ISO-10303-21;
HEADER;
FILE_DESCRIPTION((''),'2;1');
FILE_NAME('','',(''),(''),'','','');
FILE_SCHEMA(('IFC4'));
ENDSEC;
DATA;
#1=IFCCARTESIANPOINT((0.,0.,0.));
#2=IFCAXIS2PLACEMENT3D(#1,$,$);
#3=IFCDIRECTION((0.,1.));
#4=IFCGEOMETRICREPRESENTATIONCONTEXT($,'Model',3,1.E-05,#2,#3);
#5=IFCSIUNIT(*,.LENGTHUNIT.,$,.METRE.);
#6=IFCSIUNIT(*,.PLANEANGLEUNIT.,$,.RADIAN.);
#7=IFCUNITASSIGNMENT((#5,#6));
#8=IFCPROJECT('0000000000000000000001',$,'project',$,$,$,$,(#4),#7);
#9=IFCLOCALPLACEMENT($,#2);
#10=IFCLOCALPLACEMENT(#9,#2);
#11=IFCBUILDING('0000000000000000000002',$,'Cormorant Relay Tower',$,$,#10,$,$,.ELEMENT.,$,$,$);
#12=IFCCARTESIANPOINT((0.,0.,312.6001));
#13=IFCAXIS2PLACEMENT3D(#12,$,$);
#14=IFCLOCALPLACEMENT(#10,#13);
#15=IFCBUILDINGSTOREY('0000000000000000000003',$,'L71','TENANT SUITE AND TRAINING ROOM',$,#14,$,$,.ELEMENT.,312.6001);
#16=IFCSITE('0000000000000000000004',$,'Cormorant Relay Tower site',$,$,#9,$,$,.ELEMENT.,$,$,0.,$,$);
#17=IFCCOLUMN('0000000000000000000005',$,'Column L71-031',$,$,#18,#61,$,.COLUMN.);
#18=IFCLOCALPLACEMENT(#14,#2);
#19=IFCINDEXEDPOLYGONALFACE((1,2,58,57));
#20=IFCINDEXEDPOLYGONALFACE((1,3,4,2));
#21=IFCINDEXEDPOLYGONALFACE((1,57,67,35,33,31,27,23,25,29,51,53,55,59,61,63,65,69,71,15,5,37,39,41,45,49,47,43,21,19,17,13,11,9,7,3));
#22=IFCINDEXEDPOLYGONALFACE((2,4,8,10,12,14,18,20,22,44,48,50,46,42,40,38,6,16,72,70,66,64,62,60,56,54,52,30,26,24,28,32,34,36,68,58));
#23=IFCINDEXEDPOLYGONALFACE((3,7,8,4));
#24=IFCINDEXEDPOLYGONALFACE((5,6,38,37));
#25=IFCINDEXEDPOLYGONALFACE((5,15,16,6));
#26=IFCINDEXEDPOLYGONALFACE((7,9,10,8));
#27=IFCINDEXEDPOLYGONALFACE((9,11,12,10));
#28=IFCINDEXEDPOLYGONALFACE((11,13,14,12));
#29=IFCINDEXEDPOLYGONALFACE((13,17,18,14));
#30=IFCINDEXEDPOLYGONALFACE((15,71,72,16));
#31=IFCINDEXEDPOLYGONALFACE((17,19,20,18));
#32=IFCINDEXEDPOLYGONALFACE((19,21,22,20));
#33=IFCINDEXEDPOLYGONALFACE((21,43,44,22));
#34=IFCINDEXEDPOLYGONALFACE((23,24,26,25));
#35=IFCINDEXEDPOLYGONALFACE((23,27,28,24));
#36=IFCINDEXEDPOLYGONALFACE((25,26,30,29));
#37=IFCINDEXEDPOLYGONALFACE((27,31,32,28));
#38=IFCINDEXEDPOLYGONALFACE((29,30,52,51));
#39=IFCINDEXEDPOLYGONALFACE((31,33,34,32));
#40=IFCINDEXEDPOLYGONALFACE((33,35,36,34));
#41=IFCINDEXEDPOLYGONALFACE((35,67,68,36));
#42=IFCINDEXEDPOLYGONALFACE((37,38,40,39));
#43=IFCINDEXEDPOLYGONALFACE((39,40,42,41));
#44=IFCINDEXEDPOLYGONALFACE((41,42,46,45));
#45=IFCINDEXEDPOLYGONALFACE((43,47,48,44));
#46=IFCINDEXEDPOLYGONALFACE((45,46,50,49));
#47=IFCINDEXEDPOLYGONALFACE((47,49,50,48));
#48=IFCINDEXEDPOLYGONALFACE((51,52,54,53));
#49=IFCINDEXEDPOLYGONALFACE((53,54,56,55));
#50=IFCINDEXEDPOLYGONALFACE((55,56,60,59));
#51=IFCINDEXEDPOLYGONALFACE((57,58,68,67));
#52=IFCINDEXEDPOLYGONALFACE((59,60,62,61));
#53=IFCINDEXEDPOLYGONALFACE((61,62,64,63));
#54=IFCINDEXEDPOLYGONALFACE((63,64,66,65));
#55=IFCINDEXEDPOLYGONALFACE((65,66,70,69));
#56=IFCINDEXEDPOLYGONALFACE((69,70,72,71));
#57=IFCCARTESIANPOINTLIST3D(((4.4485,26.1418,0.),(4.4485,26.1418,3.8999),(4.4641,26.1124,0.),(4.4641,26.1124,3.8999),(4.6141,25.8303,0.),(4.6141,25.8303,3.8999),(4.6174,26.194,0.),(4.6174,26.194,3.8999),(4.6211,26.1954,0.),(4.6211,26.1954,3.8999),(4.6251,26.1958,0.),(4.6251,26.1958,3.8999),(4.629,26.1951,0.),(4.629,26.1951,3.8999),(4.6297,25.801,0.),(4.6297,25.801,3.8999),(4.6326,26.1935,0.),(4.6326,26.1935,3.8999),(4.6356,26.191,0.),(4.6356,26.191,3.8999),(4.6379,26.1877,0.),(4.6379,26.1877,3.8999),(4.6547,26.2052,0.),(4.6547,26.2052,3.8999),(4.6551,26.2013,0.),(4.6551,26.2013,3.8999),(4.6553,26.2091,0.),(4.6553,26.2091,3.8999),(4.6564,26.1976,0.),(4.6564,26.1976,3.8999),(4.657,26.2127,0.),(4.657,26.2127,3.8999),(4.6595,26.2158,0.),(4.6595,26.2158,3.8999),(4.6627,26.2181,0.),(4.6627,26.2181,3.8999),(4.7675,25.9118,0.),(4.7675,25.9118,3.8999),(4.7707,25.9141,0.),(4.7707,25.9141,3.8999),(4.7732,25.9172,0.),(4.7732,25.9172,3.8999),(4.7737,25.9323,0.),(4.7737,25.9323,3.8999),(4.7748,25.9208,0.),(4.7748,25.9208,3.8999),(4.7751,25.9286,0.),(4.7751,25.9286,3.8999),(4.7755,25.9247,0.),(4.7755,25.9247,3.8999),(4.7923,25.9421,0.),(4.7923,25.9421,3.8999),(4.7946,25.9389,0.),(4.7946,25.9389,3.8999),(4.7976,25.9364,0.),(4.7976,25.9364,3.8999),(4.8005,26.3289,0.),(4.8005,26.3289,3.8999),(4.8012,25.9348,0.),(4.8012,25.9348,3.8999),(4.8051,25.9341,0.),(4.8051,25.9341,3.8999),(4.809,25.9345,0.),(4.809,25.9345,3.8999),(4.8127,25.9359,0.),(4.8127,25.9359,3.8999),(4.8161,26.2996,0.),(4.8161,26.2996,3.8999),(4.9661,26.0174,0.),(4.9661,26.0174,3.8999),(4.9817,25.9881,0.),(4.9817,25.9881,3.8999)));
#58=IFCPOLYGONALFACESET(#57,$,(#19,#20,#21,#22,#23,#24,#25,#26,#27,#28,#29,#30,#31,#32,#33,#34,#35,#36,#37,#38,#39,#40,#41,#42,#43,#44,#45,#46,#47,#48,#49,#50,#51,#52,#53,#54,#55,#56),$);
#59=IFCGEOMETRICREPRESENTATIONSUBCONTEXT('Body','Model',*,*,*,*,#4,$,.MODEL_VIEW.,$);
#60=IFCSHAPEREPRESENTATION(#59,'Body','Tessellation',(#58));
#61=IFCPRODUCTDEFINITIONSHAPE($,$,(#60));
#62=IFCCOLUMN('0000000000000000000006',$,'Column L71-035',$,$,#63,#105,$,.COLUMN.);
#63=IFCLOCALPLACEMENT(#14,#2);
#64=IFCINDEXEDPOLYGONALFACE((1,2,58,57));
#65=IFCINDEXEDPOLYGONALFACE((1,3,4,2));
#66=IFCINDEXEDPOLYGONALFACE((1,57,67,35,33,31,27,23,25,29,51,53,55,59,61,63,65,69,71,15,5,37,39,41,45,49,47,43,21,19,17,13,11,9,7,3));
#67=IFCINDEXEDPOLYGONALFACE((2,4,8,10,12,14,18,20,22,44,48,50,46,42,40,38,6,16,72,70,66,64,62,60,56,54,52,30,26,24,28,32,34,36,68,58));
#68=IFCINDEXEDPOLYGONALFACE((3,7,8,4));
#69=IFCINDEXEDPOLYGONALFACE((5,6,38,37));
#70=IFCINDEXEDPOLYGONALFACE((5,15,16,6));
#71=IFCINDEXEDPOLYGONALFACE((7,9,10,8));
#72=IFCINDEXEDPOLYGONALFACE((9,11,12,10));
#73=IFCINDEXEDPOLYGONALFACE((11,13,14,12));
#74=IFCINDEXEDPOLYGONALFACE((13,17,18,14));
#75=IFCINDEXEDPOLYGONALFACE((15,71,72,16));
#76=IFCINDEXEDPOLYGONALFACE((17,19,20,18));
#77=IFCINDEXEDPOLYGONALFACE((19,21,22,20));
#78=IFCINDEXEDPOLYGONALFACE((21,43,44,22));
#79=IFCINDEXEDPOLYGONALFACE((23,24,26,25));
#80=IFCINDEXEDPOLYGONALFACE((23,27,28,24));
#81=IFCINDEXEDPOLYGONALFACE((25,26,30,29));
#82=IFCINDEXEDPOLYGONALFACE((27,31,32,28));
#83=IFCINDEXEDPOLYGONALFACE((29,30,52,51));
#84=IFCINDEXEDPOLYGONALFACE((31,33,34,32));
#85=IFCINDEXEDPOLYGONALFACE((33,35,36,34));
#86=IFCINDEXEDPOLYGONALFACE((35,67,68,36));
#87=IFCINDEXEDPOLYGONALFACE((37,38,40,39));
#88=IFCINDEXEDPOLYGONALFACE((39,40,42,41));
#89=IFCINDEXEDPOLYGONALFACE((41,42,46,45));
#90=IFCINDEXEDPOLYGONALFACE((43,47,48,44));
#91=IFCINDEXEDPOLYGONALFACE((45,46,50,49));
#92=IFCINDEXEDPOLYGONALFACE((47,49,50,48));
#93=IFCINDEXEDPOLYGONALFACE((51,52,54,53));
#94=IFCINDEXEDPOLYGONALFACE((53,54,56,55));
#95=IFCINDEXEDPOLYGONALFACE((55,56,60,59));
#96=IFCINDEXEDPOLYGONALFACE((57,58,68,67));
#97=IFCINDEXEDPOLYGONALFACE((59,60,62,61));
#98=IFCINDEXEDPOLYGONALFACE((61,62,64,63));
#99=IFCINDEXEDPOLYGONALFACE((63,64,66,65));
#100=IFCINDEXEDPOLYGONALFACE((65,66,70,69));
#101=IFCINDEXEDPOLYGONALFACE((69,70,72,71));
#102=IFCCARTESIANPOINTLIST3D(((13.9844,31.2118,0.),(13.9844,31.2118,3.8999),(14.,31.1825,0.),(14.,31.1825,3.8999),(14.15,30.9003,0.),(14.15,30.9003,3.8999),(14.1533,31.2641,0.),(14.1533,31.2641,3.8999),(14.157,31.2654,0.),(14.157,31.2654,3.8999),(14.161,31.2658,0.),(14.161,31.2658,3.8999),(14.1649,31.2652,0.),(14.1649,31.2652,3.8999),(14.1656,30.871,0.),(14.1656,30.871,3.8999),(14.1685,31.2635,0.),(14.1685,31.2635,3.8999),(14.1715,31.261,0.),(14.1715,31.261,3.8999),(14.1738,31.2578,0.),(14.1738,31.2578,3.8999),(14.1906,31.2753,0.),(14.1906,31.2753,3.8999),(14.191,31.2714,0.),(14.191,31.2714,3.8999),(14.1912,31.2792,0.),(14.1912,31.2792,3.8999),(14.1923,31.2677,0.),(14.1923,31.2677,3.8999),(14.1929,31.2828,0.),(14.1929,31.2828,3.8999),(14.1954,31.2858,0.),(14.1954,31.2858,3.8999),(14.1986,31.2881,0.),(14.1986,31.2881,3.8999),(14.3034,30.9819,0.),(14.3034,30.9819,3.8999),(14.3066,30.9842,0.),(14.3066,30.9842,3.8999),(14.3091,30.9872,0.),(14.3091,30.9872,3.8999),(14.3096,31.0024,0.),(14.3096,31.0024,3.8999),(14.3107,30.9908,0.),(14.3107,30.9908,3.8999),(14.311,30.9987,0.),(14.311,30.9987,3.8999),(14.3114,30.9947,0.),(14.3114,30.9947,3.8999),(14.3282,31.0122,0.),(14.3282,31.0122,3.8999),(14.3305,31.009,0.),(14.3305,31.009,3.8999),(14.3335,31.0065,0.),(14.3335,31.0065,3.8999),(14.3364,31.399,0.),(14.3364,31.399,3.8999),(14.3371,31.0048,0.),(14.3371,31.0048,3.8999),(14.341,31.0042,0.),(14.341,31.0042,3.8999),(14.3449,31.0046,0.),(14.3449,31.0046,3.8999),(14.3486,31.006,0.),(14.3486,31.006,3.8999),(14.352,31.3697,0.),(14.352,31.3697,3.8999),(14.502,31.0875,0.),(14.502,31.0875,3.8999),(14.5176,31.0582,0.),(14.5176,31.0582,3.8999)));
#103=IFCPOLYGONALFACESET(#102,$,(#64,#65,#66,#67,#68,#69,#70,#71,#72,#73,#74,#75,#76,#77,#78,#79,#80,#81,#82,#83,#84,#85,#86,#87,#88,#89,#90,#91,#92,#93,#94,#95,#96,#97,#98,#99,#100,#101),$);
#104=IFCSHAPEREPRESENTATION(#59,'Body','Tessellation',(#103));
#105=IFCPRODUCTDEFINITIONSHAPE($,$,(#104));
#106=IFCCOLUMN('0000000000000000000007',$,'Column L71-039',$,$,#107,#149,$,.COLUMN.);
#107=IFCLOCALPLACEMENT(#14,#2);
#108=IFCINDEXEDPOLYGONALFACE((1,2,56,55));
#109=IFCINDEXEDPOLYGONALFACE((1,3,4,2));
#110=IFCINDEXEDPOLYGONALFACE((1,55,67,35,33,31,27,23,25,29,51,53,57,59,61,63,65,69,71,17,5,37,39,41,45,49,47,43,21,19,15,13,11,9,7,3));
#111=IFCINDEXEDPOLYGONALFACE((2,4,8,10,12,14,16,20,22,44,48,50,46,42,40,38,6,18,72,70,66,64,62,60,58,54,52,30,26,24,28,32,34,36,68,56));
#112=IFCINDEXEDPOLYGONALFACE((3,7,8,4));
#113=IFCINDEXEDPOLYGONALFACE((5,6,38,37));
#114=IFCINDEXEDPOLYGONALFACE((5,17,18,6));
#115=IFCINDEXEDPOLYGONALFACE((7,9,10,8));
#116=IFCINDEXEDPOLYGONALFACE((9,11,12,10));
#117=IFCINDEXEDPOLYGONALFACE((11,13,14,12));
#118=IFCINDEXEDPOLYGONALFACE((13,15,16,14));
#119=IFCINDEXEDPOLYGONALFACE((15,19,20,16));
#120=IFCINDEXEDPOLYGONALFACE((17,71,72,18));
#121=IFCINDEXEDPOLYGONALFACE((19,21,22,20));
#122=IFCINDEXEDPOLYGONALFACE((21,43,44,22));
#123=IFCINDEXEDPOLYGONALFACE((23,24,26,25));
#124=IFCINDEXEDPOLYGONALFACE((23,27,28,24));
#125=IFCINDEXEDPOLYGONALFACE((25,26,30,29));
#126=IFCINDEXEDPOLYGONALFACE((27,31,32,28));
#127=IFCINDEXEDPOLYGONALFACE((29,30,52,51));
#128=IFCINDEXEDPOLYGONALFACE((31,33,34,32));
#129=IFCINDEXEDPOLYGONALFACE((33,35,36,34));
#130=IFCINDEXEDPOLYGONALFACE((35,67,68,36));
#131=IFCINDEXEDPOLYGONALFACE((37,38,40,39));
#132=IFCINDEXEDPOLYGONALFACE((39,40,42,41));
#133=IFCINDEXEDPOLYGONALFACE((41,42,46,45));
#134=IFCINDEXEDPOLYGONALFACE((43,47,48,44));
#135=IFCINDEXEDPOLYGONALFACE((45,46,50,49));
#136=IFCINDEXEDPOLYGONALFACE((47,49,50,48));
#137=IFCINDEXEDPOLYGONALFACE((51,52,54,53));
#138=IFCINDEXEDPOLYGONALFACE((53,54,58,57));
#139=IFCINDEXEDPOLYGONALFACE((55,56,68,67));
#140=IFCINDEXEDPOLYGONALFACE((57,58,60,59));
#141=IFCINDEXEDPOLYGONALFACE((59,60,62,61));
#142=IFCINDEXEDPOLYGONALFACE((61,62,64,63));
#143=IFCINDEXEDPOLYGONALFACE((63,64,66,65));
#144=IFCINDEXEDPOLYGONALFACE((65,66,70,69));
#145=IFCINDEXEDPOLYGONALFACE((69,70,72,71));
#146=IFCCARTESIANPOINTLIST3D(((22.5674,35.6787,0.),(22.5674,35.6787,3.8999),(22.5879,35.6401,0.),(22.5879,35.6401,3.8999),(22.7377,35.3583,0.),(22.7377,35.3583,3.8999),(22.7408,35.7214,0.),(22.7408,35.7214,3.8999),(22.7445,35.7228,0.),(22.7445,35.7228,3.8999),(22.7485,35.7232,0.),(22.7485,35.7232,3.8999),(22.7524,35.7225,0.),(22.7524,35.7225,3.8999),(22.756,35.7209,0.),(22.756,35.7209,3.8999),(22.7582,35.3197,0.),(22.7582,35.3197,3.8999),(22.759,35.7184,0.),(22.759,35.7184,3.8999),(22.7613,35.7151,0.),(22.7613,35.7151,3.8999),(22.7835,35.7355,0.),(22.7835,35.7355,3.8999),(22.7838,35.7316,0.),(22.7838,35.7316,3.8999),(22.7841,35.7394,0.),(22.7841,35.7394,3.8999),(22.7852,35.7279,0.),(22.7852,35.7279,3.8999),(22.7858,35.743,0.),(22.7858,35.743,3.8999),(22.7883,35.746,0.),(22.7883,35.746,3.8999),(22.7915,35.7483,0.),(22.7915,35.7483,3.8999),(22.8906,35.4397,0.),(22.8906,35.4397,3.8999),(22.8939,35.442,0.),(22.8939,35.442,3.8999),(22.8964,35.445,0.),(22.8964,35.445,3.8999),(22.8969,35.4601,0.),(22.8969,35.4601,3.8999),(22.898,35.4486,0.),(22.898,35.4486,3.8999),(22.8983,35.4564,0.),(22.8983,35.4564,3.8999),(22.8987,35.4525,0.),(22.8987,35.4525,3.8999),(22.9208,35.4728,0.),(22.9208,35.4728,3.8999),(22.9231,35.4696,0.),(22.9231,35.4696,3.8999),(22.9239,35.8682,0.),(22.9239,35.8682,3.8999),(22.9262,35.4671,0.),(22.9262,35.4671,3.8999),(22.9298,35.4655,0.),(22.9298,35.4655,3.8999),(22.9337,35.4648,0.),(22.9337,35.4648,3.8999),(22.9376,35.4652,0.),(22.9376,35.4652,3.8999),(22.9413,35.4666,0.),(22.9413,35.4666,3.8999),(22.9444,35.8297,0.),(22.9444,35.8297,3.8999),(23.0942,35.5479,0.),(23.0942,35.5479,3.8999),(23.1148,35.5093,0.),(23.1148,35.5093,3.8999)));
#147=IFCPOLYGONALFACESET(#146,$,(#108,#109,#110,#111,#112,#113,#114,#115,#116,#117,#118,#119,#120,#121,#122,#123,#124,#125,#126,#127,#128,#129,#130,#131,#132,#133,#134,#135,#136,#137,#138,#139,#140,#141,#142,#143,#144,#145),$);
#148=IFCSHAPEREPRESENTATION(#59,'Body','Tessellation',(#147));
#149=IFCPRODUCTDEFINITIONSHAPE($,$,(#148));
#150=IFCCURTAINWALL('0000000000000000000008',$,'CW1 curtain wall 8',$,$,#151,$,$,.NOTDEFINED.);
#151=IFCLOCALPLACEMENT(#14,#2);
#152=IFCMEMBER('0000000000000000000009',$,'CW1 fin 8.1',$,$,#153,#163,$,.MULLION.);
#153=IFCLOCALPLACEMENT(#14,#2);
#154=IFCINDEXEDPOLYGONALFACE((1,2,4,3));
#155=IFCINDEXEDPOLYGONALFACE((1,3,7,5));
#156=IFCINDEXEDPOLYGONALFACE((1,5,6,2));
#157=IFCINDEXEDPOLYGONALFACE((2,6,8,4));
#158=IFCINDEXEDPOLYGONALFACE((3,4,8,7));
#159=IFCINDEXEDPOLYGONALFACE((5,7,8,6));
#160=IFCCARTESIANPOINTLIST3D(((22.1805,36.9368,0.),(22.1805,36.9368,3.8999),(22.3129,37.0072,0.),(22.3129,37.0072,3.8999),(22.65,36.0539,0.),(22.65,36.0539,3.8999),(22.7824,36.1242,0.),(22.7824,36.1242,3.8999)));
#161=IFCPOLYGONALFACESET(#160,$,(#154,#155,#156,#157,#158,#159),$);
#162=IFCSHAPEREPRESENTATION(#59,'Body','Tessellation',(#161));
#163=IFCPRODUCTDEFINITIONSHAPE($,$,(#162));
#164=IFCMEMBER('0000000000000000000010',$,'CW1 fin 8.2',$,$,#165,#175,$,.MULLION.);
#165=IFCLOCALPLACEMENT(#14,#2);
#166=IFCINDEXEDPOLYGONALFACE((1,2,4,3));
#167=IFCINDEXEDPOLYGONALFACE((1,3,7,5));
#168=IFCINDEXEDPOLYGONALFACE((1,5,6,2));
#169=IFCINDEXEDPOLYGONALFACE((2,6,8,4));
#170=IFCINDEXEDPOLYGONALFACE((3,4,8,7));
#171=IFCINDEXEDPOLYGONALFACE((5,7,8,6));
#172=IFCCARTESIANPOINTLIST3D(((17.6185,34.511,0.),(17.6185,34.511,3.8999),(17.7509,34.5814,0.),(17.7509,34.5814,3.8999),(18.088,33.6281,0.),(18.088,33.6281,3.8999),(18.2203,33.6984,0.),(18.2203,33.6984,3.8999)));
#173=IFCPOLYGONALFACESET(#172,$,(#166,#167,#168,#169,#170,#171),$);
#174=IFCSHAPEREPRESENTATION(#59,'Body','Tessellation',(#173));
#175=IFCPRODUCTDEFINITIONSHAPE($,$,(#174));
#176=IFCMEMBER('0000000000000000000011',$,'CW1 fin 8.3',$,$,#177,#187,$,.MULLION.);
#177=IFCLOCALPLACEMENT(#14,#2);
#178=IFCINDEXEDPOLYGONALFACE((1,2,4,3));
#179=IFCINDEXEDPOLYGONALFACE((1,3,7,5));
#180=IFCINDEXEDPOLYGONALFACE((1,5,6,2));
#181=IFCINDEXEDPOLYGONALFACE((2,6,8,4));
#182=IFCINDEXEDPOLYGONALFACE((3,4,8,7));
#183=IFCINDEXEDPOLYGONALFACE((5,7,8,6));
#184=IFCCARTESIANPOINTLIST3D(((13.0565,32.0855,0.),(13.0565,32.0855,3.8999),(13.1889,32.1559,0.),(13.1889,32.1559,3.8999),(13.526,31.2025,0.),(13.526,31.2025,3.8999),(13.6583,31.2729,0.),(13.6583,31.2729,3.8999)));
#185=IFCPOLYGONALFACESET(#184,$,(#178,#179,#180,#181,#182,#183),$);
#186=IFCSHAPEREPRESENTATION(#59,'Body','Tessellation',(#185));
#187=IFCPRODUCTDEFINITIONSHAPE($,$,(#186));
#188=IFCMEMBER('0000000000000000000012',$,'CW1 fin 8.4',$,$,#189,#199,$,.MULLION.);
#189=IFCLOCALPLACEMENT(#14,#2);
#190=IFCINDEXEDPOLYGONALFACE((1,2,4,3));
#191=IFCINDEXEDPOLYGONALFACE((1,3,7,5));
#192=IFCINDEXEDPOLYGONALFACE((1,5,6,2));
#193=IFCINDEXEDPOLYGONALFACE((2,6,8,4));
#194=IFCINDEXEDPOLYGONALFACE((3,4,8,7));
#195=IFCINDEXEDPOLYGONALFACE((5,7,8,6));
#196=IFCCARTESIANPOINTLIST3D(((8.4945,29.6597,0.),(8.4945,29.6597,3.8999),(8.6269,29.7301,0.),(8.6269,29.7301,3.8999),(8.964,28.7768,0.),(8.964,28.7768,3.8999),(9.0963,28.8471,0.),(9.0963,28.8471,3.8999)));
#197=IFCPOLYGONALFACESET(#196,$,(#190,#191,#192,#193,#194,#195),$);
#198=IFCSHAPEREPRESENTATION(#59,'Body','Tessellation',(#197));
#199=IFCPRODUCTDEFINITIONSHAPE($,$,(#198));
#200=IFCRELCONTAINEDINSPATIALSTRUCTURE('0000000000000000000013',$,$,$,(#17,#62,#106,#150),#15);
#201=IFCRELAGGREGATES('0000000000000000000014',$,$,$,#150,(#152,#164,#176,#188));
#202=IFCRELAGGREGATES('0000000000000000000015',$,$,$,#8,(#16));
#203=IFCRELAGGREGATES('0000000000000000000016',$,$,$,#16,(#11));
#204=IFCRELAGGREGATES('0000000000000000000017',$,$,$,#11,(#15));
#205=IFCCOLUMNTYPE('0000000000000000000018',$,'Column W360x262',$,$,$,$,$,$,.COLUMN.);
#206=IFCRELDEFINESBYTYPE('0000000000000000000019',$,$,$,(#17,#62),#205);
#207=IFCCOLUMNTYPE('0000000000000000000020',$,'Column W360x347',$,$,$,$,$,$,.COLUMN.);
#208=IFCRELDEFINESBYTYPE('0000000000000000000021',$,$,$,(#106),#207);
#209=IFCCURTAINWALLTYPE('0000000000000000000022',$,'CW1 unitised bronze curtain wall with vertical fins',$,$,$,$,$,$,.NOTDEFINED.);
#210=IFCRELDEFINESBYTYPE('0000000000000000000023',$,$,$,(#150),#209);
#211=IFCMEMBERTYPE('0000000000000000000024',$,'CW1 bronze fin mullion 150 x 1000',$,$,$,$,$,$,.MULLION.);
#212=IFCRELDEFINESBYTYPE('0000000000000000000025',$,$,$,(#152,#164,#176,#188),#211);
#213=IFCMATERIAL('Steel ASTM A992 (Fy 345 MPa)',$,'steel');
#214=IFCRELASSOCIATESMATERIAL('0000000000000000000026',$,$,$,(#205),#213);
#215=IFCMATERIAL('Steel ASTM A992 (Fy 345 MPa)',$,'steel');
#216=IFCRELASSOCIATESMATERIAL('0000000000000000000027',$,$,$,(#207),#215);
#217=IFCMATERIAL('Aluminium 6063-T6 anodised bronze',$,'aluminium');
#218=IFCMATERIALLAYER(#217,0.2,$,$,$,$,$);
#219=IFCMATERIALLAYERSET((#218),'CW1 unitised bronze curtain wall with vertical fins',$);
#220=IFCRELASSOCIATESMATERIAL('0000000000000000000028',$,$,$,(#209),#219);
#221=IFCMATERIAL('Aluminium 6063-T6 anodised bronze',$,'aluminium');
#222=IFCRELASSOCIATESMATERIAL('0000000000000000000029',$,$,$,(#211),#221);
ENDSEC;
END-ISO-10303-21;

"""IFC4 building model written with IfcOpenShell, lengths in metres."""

from ifc_helpers import new_model, si_unit, direction, frame, origin, origin_2d, place, context, subcontext, project, spatial, rectangle, i_section, extrude, material, layer, layer_set, material_profile, profile_set, type_object, element, aggregate, save


model = new_model("IFC4")

# Units and contexts
model_context = context("Model", 3, precision=1e-05, world=origin(), true_north=direction((0.0, 1.0)))
body_context = subcontext(model_context, "Body", "Model", "MODEL_VIEW")
ifc_project = project(units=[si_unit("LENGTHUNIT", "METRE"), si_unit("PLANEANGLEUNIT", "RADIAN")], contexts=[model_context])

# Site, building, storey
site_placement = place(None, origin())
site = spatial("IfcSite", under=ifc_project, at=site_placement, Name="Cormorant Relay Tower site", CompositionType="ELEMENT", RefElevation=0.0)
building_placement = place(site_placement, origin())
building = spatial("IfcBuilding", under=site, at=building_placement, Name="Cormorant Relay Tower", CompositionType="ELEMENT")
storey_placement = place(building_placement, frame((0.0, 0.0, 312.6001)))
storey = spatial("IfcBuildingStorey", under=building, at=storey_placement, Name="L71", Description="TENANT SUITE AND TRAINING ROOM", CompositionType="ELEMENT", Elevation=312.6001)

# Columns
ifc_material_1 = material(Name="Steel ASTM A992 (Fy 345 MPa)", Category="steel")
ifc_material_profile_1 = material_profile(ifc_material_1, i_section(OverallWidth=0.3987, OverallDepth=0.386, WebThickness=0.021, FlangeThickness=0.0332, FilletRadius=0.0151, at=origin_2d()), Name="W360x262")
ifc_profile_set_1 = profile_set([ifc_material_profile_1], Name="Steel ASTM A992 (Fy 345 MPa)")
column_type_1 = type_object("IfcColumnType", Name="Column W360x262", PredefinedType="COLUMN", material=ifc_profile_set_1)
for number, where, z_axis, x_axis, name in (
    (1, (4.7151, 26.0649, 0.0), (0.0, 0.0, 1.0), (-0.882948, -0.469472, 0.0), "Column L71-031"),
    (2, (14.251, 31.135, 0.0), (0.0, 0.0, 1.0), (-0.882948, -0.469472, 0.0), "Column L71-035"),
):
    element("IfcColumn", number, at=place(storey_placement, frame(where, z_axis=z_axis, x_axis=x_axis)), inside=storey, type_object=column_type_1, Name=name, PredefinedType="COLUMN", context=body_context, shape_type="SweptSolid", body=[
        extrude(i_section(OverallWidth=0.3987, OverallDepth=0.386, WebThickness=0.021, FlangeThickness=0.0332, FilletRadius=0.0151, at=origin_2d()), origin(), (0.0, 0.0, 1.0), 3.8999),
    ])
ifc_material_2 = material(Name="Steel ASTM A992 (Fy 345 MPa)", Category="steel")
ifc_material_profile_2 = material_profile(ifc_material_2, i_section(OverallWidth=0.4038, OverallDepth=0.4065, WebThickness=0.0271, FlangeThickness=0.0437, FilletRadius=0.0151, at=origin_2d()), Name="W360x347")
ifc_profile_set_2 = profile_set([ifc_material_profile_2], Name="Steel ASTM A992 (Fy 345 MPa)")
column_type_2 = type_object("IfcColumnType", Name="Column W360x347", PredefinedType="COLUMN", material=ifc_profile_set_2)
column_placement = place(storey_placement, frame((22.8411, 35.594, 0.0), z_axis=(0.0, 0.0, 1.0), x_axis=(-0.882948, -0.469472, 0.0)))
element("IfcColumn", 3, at=column_placement, inside=storey, type_object=column_type_2, Name="Column L71-039", PredefinedType="COLUMN", context=body_context, shape_type="SweptSolid", body=[
    extrude(i_section(OverallWidth=0.4038, OverallDepth=0.4065, WebThickness=0.0271, FlangeThickness=0.0437, FilletRadius=0.0151, at=origin_2d()), origin(), (0.0, 0.0, 1.0), 3.8999),
])

# Curtain wall, members
ifc_material_3 = material(Name="Aluminium 6063-T6 anodised bronze", Category="aluminium")
ifc_layer_1 = layer(ifc_material_3, 0.2)
ifc_layer_set_1 = layer_set([ifc_layer_1], Name="CW1 unitised bronze curtain wall with vertical fins")
curtain_wall_type = type_object("IfcCurtainWallType", Name="CW1 unitised bronze curtain wall with vertical fins", PredefinedType="NOTDEFINED", material=ifc_layer_set_1)
curtain_wall_1_placement = place(storey_placement, origin())
curtain_wall_1 = element("IfcCurtainWall", 4, at=curtain_wall_1_placement, inside=storey, type_object=curtain_wall_type, Name="CW1 curtain wall 8", PredefinedType="NOTDEFINED")
ifc_material_4 = material(Name="Aluminium 6063-T6 anodised bronze", Category="aluminium")
ifc_material_profile_3 = material_profile(ifc_material_4, rectangle(XDim=0.1499, YDim=1.0, at=origin_2d()), Name="AL 150x1000")
ifc_profile_set_3 = profile_set([ifc_material_profile_3], Name="Aluminium 6063-T6 anodised bronze")
member_type_1 = type_object("IfcMemberType", Name="CW1 bronze fin mullion 150 x 1000", PredefinedType="MULLION", material=ifc_profile_set_3)
member_1_placement = place(storey_placement, frame((22.4814, 36.5305, 0.0), z_axis=(0.0, 0.0, 1.0), x_axis=(-0.882948, -0.469472, 0.0)))
member_1 = element("IfcMember", 5, at=member_1_placement, type_object=member_type_1, Name="CW1 fin 8.1", PredefinedType="MULLION", context=body_context, shape_type="SweptSolid", body=[
    extrude(rectangle(XDim=0.1499, YDim=1.0, at=origin_2d()), origin(), (0.0, 0.0, 1.0), 3.8999),
])
member_2_placement = place(storey_placement, frame((17.9194, 34.1047, 0.0), z_axis=(0.0, 0.0, 1.0), x_axis=(-0.882948, -0.469472, 0.0)))
member_2 = element("IfcMember", 6, at=member_2_placement, type_object=member_type_1, Name="CW1 fin 8.2", PredefinedType="MULLION", context=body_context, shape_type="SweptSolid", body=[
    extrude(rectangle(XDim=0.1499, YDim=1.0, at=origin_2d()), origin(), (0.0, 0.0, 1.0), 3.8999),
])
member_3_placement = place(storey_placement, frame((13.3574, 31.6792, 0.0), z_axis=(0.0, 0.0, 1.0), x_axis=(-0.882948, -0.469472, 0.0)))
member_3 = element("IfcMember", 7, at=member_3_placement, type_object=member_type_1, Name="CW1 fin 8.3", PredefinedType="MULLION", context=body_context, shape_type="SweptSolid", body=[
    extrude(rectangle(XDim=0.1499, YDim=1.0, at=origin_2d()), origin(), (0.0, 0.0, 1.0), 3.8999),
])
member_4_placement = place(storey_placement, frame((8.7954, 29.2534, 0.0), z_axis=(0.0, 0.0, 1.0), x_axis=(-0.882948, -0.469472, 0.0)))
member_4 = element("IfcMember", 8, at=member_4_placement, type_object=member_type_1, Name="CW1 fin 8.4", PredefinedType="MULLION", context=body_context, shape_type="SweptSolid", body=[
    extrude(rectangle(XDim=0.1499, YDim=1.0, at=origin_2d()), origin(), (0.0, 0.0, 1.0), 3.8999),
])

aggregate(curtain_wall_1, [member_1, member_2, member_3, member_4])

save(model, "model.ifc")
